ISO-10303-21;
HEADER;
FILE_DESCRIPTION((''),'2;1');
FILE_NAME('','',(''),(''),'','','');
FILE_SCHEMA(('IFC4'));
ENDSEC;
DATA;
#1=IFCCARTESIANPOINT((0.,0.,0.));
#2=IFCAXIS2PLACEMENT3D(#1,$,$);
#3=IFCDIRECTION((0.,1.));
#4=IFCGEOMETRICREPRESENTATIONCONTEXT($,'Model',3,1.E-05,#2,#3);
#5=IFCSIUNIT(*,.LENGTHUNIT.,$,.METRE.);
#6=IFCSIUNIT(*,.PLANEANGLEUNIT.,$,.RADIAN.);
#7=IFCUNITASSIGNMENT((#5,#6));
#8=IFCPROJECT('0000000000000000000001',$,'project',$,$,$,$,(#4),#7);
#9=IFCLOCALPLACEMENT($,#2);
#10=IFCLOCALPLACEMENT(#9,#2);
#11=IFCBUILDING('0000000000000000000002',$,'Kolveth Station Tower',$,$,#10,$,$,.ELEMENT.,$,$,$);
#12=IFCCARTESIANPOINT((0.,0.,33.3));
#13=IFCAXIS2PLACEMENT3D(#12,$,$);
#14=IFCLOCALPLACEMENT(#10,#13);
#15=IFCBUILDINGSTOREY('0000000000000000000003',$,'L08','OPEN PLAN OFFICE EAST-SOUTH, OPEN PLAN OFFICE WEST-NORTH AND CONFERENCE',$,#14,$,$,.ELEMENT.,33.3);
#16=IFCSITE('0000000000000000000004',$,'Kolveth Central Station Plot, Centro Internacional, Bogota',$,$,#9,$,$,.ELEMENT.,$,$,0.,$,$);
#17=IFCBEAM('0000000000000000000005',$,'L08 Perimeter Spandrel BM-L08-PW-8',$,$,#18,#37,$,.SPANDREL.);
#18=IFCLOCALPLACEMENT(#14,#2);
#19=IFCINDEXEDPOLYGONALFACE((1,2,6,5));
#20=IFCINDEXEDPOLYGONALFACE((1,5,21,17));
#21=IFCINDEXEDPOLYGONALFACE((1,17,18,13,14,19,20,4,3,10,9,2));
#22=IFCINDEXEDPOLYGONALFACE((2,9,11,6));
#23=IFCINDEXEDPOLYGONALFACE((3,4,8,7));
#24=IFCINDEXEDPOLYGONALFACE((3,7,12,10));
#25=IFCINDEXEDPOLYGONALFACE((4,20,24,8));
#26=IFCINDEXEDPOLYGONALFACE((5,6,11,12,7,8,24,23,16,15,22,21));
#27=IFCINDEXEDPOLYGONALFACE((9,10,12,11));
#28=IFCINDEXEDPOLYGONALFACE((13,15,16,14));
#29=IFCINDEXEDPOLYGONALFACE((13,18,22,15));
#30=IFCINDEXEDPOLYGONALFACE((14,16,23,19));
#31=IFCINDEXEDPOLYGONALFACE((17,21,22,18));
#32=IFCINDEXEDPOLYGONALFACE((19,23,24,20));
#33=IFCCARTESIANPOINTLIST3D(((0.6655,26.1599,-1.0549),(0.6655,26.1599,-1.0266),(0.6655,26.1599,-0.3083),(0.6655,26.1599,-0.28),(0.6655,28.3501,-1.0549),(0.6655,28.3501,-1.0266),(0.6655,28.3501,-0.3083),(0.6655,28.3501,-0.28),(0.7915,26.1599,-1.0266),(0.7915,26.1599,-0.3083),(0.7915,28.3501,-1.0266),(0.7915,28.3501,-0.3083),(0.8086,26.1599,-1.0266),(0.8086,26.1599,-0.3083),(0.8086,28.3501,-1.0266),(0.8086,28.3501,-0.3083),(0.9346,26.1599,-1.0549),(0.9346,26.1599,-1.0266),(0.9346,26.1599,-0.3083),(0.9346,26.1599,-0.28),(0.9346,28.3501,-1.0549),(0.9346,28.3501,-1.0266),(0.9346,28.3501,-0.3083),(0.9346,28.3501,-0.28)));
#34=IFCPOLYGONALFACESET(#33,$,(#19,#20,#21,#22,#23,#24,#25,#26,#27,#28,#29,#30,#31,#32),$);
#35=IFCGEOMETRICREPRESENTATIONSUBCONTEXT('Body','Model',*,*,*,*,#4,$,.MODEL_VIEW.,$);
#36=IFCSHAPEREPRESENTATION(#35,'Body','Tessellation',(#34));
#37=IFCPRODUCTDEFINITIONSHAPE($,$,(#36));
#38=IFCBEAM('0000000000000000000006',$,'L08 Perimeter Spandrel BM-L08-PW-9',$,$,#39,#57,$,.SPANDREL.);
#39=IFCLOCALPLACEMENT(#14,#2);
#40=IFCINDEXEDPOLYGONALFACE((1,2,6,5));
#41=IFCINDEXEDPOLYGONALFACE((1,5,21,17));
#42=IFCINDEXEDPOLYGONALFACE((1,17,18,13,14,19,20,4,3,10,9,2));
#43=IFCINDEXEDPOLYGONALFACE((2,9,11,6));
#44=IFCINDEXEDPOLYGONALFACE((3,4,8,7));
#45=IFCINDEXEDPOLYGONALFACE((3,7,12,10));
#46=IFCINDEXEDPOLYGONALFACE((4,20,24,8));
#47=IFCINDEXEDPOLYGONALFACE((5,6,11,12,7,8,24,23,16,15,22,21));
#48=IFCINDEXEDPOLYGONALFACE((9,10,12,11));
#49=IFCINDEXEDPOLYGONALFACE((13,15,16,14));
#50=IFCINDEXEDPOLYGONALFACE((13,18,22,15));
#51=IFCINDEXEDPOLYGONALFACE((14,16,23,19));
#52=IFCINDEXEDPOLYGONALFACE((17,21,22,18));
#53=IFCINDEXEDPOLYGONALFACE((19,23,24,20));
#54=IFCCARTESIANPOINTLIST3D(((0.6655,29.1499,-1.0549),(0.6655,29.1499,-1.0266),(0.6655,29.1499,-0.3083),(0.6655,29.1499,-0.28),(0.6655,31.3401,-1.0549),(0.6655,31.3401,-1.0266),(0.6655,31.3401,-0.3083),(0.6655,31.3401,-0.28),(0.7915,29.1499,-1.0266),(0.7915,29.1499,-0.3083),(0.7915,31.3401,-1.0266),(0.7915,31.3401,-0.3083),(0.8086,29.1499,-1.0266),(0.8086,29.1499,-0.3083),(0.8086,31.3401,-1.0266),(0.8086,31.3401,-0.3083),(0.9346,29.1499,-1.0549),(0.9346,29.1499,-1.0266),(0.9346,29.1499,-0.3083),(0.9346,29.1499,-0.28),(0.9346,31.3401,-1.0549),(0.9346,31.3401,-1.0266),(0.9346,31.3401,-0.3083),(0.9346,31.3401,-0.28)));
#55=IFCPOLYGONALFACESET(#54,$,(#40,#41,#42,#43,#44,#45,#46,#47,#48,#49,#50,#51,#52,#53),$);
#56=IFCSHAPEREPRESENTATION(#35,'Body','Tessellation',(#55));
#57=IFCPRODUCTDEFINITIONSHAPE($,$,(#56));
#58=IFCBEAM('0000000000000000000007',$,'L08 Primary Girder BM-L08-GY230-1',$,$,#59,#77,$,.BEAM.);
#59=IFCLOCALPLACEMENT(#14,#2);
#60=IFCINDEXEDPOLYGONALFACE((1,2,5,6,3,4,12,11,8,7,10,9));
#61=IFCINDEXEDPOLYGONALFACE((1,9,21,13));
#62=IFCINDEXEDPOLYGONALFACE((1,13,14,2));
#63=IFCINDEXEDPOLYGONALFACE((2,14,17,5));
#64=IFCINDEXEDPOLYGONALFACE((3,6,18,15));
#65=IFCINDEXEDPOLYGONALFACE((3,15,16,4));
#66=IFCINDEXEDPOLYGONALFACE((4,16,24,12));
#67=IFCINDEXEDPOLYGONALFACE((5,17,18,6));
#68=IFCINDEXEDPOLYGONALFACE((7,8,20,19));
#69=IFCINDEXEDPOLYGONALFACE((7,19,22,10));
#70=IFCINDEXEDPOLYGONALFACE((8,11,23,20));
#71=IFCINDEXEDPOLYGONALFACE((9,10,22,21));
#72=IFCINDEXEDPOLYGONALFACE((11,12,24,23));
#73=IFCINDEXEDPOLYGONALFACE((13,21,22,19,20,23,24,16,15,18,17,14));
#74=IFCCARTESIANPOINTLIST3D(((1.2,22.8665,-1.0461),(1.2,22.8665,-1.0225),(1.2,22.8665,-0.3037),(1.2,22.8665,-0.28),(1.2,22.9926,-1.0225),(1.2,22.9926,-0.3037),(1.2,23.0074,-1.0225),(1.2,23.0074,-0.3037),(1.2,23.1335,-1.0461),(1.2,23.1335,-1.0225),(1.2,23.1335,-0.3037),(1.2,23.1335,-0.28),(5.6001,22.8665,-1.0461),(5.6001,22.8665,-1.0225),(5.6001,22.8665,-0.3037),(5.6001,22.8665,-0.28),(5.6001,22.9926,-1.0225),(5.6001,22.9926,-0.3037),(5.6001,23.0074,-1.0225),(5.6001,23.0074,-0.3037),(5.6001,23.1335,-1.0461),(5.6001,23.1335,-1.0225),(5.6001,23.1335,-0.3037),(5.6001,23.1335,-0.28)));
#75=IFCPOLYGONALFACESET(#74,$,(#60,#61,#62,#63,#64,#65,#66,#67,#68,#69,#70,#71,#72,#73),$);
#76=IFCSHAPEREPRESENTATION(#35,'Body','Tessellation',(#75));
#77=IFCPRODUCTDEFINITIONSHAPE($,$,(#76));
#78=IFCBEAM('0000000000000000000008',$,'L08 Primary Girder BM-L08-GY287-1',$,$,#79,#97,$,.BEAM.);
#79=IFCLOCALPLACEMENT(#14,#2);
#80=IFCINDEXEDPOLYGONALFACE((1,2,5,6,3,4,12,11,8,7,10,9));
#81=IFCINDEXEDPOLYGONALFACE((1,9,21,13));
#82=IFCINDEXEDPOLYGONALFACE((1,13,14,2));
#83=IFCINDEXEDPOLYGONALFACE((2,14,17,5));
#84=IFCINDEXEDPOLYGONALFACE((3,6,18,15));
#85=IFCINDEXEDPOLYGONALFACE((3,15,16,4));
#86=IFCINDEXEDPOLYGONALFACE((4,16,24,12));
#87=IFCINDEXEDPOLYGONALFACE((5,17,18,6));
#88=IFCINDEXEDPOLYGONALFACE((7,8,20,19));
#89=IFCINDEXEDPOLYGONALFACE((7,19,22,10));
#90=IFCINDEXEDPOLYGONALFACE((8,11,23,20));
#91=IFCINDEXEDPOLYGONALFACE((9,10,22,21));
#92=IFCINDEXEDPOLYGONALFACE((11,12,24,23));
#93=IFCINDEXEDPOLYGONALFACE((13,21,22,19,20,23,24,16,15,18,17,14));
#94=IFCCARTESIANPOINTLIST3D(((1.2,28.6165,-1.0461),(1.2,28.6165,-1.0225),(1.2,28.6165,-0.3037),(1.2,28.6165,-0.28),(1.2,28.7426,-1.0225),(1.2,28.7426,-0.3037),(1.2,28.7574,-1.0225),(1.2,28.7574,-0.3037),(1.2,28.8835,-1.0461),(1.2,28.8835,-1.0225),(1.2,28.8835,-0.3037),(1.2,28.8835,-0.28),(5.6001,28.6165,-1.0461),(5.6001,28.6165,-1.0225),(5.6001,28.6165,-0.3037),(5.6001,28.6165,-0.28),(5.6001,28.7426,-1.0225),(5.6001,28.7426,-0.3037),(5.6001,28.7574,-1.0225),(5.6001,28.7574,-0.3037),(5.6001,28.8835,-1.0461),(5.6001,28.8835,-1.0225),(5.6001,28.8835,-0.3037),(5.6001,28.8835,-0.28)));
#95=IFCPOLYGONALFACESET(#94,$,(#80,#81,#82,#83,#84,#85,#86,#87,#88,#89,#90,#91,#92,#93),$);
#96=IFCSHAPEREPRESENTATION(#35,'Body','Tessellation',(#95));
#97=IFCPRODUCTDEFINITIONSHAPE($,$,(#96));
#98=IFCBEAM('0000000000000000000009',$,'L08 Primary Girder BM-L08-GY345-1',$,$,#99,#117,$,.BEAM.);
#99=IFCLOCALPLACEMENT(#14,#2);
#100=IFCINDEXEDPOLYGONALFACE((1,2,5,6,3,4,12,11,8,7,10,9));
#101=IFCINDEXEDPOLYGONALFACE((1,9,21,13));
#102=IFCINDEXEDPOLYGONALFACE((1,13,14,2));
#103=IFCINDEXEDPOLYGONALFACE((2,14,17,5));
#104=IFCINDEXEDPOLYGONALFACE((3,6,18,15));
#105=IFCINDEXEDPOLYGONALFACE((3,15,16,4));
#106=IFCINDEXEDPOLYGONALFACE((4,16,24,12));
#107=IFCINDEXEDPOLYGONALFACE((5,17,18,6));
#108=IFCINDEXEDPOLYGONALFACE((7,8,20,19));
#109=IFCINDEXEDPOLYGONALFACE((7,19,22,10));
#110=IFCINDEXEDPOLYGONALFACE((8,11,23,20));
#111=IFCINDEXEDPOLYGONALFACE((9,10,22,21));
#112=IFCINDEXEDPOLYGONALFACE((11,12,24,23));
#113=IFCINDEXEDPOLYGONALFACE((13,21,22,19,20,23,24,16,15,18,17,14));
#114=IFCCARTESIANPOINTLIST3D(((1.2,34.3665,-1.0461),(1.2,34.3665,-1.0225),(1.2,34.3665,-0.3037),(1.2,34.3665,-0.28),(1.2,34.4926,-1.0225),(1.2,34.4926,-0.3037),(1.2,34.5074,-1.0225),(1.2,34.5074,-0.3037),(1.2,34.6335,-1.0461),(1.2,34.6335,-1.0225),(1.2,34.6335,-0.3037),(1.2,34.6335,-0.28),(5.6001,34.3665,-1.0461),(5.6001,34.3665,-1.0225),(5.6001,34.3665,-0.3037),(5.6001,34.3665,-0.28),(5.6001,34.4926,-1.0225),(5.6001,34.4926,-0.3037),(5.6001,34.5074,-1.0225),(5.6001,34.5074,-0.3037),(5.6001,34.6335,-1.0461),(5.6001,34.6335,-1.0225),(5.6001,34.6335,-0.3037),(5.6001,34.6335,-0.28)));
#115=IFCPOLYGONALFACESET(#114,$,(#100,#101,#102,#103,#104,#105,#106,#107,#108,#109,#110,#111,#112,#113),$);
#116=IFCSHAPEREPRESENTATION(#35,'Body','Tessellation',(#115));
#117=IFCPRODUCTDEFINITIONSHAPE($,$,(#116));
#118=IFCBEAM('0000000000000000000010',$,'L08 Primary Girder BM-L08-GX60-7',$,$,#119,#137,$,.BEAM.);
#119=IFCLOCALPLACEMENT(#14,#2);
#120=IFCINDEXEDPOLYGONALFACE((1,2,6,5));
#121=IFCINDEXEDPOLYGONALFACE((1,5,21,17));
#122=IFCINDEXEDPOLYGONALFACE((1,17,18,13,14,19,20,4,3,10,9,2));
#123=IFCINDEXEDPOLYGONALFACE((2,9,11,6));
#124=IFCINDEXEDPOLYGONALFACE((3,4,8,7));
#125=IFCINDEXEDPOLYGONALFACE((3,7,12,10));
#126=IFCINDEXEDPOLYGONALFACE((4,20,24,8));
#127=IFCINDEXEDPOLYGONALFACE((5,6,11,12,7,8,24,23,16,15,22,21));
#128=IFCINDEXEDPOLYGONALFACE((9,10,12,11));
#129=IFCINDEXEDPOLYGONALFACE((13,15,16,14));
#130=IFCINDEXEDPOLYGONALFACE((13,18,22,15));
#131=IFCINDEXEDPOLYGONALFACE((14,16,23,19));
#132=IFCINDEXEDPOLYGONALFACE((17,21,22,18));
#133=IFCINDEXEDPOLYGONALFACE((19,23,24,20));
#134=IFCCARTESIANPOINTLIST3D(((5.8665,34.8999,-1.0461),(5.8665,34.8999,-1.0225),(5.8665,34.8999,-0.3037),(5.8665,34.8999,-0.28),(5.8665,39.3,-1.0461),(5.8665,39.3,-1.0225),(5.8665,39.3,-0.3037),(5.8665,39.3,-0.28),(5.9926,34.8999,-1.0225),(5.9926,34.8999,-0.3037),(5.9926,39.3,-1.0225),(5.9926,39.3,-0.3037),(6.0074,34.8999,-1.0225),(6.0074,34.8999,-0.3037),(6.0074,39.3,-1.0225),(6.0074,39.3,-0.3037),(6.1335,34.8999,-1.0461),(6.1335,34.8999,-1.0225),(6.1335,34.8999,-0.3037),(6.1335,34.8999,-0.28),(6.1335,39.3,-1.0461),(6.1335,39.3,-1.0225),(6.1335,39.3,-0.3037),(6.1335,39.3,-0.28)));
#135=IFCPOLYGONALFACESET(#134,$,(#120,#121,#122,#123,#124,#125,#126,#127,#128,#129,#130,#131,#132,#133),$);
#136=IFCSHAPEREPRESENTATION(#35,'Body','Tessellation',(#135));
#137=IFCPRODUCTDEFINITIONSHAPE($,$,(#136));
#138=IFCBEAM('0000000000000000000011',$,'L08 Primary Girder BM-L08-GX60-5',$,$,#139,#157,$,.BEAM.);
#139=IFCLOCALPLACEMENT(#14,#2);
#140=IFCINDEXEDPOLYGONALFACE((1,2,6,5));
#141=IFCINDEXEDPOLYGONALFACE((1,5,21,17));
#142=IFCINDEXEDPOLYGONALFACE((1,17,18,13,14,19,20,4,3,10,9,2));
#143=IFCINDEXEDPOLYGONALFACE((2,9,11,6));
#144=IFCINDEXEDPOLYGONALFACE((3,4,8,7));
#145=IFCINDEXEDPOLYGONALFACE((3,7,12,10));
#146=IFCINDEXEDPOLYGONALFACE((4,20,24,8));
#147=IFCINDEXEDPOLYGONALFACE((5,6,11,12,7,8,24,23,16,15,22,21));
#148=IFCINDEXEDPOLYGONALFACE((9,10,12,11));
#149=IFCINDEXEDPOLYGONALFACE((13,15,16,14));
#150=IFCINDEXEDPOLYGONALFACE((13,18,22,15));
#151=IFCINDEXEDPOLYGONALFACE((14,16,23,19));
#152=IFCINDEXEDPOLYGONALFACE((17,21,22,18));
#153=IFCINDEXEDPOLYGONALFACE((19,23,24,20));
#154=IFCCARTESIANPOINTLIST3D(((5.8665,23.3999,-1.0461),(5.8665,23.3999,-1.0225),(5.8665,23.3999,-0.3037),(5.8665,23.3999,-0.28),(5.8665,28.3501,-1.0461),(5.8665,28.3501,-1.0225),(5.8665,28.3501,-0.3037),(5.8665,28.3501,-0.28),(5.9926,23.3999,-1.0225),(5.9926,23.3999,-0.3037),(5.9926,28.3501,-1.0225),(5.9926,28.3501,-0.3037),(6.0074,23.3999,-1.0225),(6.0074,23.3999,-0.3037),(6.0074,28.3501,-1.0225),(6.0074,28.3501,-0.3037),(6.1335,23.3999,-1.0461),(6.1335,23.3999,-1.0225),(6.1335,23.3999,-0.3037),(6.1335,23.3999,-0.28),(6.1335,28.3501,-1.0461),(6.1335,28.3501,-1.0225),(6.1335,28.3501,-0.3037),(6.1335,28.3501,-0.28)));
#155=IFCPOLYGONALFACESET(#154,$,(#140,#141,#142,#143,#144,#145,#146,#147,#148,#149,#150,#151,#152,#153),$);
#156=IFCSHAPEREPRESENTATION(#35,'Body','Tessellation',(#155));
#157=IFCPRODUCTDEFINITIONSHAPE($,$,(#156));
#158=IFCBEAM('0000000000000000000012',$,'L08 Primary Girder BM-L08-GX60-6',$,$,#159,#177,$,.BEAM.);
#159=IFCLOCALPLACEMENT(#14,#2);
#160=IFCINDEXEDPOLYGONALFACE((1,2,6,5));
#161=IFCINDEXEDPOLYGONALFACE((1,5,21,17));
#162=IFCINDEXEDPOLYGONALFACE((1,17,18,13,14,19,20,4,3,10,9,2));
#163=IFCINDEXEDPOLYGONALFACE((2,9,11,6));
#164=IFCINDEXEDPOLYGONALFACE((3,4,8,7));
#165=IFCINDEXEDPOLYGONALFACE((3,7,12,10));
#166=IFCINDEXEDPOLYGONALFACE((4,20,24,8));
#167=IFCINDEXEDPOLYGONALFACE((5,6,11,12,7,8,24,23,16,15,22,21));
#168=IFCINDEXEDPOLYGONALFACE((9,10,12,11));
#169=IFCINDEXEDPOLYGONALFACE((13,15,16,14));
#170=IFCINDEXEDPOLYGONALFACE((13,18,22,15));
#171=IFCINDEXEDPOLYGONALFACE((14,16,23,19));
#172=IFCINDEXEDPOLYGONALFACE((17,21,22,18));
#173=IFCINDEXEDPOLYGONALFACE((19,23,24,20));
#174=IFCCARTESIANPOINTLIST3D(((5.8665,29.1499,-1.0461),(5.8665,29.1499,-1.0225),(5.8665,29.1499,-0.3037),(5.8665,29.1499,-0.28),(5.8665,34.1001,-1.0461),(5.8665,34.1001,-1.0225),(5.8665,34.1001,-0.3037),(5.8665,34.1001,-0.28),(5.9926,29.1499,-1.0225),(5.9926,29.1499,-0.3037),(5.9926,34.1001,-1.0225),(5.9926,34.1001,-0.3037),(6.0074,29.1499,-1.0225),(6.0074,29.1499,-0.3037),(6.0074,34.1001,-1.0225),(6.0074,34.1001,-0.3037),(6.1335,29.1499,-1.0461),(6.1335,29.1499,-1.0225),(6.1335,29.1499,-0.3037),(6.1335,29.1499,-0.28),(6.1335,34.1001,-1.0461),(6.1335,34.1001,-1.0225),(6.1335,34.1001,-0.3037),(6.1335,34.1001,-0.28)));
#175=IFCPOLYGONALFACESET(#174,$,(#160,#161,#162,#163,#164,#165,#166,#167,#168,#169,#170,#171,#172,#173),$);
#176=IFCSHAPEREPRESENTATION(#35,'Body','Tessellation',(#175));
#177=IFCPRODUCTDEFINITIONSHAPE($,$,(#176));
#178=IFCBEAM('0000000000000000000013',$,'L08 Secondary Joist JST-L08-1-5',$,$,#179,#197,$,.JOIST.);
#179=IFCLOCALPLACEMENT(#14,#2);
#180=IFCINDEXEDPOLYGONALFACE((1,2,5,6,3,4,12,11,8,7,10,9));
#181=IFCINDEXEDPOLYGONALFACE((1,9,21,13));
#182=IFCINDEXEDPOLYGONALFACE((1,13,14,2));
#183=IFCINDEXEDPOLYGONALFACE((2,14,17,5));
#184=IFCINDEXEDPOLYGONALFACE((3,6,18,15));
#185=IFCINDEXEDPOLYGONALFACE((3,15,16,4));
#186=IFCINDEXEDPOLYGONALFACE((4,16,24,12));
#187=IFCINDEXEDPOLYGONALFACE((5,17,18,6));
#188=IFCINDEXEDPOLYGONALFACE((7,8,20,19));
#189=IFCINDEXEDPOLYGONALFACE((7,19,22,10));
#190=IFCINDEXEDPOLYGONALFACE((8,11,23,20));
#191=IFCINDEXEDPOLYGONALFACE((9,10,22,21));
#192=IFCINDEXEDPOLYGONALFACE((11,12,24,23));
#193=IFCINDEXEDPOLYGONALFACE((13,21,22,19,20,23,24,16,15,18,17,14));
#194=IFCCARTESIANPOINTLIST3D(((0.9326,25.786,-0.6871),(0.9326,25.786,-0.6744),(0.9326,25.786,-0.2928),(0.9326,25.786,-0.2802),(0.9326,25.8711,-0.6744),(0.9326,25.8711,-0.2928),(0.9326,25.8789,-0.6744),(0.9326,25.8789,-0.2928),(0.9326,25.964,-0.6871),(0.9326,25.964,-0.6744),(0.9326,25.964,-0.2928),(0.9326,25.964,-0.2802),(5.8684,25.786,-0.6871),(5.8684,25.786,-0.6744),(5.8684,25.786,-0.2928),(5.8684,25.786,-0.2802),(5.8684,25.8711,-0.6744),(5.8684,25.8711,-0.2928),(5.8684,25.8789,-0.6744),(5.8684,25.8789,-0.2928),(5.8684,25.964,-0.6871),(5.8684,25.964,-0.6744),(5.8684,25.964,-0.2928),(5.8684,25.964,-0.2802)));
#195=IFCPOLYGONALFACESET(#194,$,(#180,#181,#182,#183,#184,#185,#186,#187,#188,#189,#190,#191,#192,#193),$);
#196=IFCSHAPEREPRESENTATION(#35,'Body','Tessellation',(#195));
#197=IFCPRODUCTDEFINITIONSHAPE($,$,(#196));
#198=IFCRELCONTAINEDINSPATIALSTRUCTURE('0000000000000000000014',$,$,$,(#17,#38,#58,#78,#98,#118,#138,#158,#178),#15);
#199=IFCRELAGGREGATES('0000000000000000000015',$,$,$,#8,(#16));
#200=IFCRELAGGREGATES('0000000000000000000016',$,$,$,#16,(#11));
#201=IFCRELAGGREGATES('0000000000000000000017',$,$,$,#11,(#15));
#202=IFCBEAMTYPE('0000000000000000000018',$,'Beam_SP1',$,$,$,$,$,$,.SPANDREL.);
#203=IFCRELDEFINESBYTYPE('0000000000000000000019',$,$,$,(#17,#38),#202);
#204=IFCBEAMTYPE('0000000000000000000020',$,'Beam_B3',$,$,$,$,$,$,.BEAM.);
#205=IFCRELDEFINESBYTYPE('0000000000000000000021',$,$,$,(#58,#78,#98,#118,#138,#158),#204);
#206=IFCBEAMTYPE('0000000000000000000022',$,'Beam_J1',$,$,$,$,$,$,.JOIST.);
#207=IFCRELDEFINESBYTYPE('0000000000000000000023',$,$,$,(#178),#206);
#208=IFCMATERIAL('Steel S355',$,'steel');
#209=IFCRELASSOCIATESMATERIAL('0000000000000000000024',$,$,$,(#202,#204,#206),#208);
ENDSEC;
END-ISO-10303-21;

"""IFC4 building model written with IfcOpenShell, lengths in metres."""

from ifc_helpers import new_model, si_unit, direction, frame, origin, origin_2d, place, context, subcontext, project, spatial, i_section, extrude, source, transform, mapped, material, material_profile, profile_set, type_object, element, save


model = new_model("IFC4")

# Units and contexts
model_context = context("Model", 3, precision=1e-05, world=origin(), true_north=direction((0.0, 1.0)))
body_context = subcontext(model_context, "Body", "Model", "MODEL_VIEW")
ifc_project = project(units=[si_unit("LENGTHUNIT", "METRE"), si_unit("PLANEANGLEUNIT", "RADIAN")], contexts=[model_context])

# Site, building, storey
site_placement = place(None, origin())
site = spatial("IfcSite", under=ifc_project, at=site_placement, Name="Kolveth Central Station Plot, Centro Internacional, Bogota", CompositionType="ELEMENT", RefElevation=0.0)
building_placement = place(site_placement, origin())
building = spatial("IfcBuilding", under=site, at=building_placement, Name="Kolveth Station Tower", CompositionType="ELEMENT")
storey_placement = place(building_placement, frame((0.0, 0.0, 33.3)))
storey = spatial("IfcBuildingStorey", under=building, at=storey_placement, Name="L08", Description="OPEN PLAN OFFICE EAST-SOUTH, OPEN PLAN OFFICE WEST-NORTH AND CONFERENCE", CompositionType="ELEMENT", Elevation=33.3)

# Shared definitions
ifc_material_1 = material(Name="Steel S355", Category="steel")

# Beams
ifc_material_profile_1 = material_profile(ifc_material_1, i_section(OverallWidth=0.269, OverallDepth=0.7749, WebThickness=0.0171, FlangeThickness=0.0283, at=origin_2d()), Name="W760x220")
ifc_profile_set_1 = profile_set([ifc_material_profile_1], Name="Steel S355")
beam_type_1 = type_object("IfcBeamType", Name="Beam_SP1", PredefinedType="SPANDREL", material=ifc_profile_set_1)
shared_shape_1 = source(origin(), body_context, "Body", "SweptSolid", [
    extrude(i_section(OverallWidth=0.269, OverallDepth=0.7749, WebThickness=0.0171, FlangeThickness=0.0283, at=origin_2d()), origin(), (0.0, 0.0, 1.0), 2.1902),
])
for number, where, z_axis, x_axis, name in (
    (1, (0.8, 26.1599, -0.6675), (0.0, 1.0, 0.0), (-1.0, 0.0, 0.0), "L08 Perimeter Spandrel BM-L08-PW-8"),
    (2, (0.8, 29.1499, -0.6675), (0.0, 1.0, 0.0), (-1.0, 0.0, 0.0), "L08 Perimeter Spandrel BM-L08-PW-9"),
):
    element("IfcBeam", number, at=place(storey_placement, frame(where, z_axis=z_axis, x_axis=x_axis)), inside=storey, type_object=beam_type_1, Name=name, PredefinedType="SPANDREL", context=body_context, shape_type="MappedRepresentation", body=[
        mapped(shared_shape_1, transform((0.0, 0.0, 0.0), x_axis=(1.0, 0.0, 0.0), y_axis=(0.0, 1.0, 0.0), z_axis=(0.0, 0.0, 1.0), scale=1.0)),
    ])
ifc_material_profile_2 = material_profile(ifc_material_1, i_section(OverallWidth=0.2671, OverallDepth=0.7661, WebThickness=0.0149, FlangeThickness=0.0237, at=origin_2d()), Name="W760x185")
ifc_profile_set_2 = profile_set([ifc_material_profile_2], Name="Steel S355")
beam_type_2 = type_object("IfcBeamType", Name="Beam_B3", PredefinedType="BEAM", material=ifc_profile_set_2)
shared_shape_2 = source(origin(), body_context, "Body", "SweptSolid", [
    extrude(i_section(OverallWidth=0.2671, OverallDepth=0.7661, WebThickness=0.0149, FlangeThickness=0.0237, at=origin_2d()), origin(), (0.0, 0.0, 1.0), 4.4001),
])
for number, where, z_axis, x_axis, name in (
    (3, (1.2, 23.0, -0.6631), (1.0, 0.0, 0.0), (0.0, 1.0, 0.0), "L08 Primary Girder BM-L08-GY230-1"),
    (4, (1.2, 28.75, -0.6631), (1.0, 0.0, 0.0), (0.0, 1.0, 0.0), "L08 Primary Girder BM-L08-GY287-1"),
    (5, (1.2, 34.5, -0.6631), (1.0, 0.0, 0.0), (0.0, 1.0, 0.0), "L08 Primary Girder BM-L08-GY345-1"),
    (6, (6.0, 34.8999, -0.6631), (0.0, 1.0, 0.0), (-1.0, 0.0, 0.0), "L08 Primary Girder BM-L08-GX60-7"),
):
    element("IfcBeam", number, at=place(storey_placement, frame(where, z_axis=z_axis, x_axis=x_axis)), inside=storey, type_object=beam_type_2, Name=name, PredefinedType="BEAM", context=body_context, shape_type="MappedRepresentation", body=[
        mapped(shared_shape_2, transform((0.0, 0.0, 0.0), x_axis=(1.0, 0.0, 0.0), y_axis=(0.0, 1.0, 0.0), z_axis=(0.0, 0.0, 1.0), scale=1.0)),
    ])
shared_shape_3 = source(origin(), body_context, "Body", "SweptSolid", [
    extrude(i_section(OverallWidth=0.2671, OverallDepth=0.7661, WebThickness=0.0149, FlangeThickness=0.0237, at=origin_2d()), origin(), (0.0, 0.0, 1.0), 4.9502),
])
for number, where, z_axis, x_axis, name in (
    (7, (6.0, 23.3999, -0.6631), (0.0, 1.0, 0.0), (-1.0, 0.0, 0.0), "L08 Primary Girder BM-L08-GX60-5"),
    (8, (6.0, 29.1499, -0.6631), (0.0, 1.0, 0.0), (-1.0, 0.0, 0.0), "L08 Primary Girder BM-L08-GX60-6"),
):
    element("IfcBeam", number, at=place(storey_placement, frame(where, z_axis=z_axis, x_axis=x_axis)), inside=storey, type_object=beam_type_2, Name=name, PredefinedType="BEAM", context=body_context, shape_type="MappedRepresentation", body=[
        mapped(shared_shape_3, transform((0.0, 0.0, 0.0), x_axis=(1.0, 0.0, 0.0), y_axis=(0.0, 1.0, 0.0), z_axis=(0.0, 0.0, 1.0), scale=1.0)),
    ])
ifc_material_profile_3 = material_profile(ifc_material_1, i_section(OverallWidth=0.178, OverallDepth=0.407, WebThickness=0.0078, FlangeThickness=0.0127, at=origin_2d()), Name="W410x60")
ifc_profile_set_3 = profile_set([ifc_material_profile_3], Name="Steel S355")
beam_type_3 = type_object("IfcBeamType", Name="Beam_J1", PredefinedType="JOIST", material=ifc_profile_set_3)
shared_shape_4 = source(origin(), body_context, "Body", "SweptSolid", [
    extrude(i_section(OverallWidth=0.178, OverallDepth=0.407, WebThickness=0.0078, FlangeThickness=0.0127, at=origin_2d()), origin(), (0.0, 0.0, 1.0), 4.9358),
])
for number, where, z_axis, x_axis, name in (
    (9, (0.9326, 25.875, -0.4836), (1.0, 0.0, 0.0), (0.0, 1.0, 0.0), "L08 Secondary Joist JST-L08-1-5"),
):
    element("IfcBeam", number, at=place(storey_placement, frame(where, z_axis=z_axis, x_axis=x_axis)), inside=storey, type_object=beam_type_3, Name=name, PredefinedType="JOIST", context=body_context, shape_type="MappedRepresentation", body=[
        mapped(shared_shape_4, transform((0.0, 0.0, 0.0), x_axis=(1.0, 0.0, 0.0), y_axis=(0.0, 1.0, 0.0), z_axis=(0.0, 0.0, 1.0), scale=1.0)),
    ])

save(model, "model.ifc")
